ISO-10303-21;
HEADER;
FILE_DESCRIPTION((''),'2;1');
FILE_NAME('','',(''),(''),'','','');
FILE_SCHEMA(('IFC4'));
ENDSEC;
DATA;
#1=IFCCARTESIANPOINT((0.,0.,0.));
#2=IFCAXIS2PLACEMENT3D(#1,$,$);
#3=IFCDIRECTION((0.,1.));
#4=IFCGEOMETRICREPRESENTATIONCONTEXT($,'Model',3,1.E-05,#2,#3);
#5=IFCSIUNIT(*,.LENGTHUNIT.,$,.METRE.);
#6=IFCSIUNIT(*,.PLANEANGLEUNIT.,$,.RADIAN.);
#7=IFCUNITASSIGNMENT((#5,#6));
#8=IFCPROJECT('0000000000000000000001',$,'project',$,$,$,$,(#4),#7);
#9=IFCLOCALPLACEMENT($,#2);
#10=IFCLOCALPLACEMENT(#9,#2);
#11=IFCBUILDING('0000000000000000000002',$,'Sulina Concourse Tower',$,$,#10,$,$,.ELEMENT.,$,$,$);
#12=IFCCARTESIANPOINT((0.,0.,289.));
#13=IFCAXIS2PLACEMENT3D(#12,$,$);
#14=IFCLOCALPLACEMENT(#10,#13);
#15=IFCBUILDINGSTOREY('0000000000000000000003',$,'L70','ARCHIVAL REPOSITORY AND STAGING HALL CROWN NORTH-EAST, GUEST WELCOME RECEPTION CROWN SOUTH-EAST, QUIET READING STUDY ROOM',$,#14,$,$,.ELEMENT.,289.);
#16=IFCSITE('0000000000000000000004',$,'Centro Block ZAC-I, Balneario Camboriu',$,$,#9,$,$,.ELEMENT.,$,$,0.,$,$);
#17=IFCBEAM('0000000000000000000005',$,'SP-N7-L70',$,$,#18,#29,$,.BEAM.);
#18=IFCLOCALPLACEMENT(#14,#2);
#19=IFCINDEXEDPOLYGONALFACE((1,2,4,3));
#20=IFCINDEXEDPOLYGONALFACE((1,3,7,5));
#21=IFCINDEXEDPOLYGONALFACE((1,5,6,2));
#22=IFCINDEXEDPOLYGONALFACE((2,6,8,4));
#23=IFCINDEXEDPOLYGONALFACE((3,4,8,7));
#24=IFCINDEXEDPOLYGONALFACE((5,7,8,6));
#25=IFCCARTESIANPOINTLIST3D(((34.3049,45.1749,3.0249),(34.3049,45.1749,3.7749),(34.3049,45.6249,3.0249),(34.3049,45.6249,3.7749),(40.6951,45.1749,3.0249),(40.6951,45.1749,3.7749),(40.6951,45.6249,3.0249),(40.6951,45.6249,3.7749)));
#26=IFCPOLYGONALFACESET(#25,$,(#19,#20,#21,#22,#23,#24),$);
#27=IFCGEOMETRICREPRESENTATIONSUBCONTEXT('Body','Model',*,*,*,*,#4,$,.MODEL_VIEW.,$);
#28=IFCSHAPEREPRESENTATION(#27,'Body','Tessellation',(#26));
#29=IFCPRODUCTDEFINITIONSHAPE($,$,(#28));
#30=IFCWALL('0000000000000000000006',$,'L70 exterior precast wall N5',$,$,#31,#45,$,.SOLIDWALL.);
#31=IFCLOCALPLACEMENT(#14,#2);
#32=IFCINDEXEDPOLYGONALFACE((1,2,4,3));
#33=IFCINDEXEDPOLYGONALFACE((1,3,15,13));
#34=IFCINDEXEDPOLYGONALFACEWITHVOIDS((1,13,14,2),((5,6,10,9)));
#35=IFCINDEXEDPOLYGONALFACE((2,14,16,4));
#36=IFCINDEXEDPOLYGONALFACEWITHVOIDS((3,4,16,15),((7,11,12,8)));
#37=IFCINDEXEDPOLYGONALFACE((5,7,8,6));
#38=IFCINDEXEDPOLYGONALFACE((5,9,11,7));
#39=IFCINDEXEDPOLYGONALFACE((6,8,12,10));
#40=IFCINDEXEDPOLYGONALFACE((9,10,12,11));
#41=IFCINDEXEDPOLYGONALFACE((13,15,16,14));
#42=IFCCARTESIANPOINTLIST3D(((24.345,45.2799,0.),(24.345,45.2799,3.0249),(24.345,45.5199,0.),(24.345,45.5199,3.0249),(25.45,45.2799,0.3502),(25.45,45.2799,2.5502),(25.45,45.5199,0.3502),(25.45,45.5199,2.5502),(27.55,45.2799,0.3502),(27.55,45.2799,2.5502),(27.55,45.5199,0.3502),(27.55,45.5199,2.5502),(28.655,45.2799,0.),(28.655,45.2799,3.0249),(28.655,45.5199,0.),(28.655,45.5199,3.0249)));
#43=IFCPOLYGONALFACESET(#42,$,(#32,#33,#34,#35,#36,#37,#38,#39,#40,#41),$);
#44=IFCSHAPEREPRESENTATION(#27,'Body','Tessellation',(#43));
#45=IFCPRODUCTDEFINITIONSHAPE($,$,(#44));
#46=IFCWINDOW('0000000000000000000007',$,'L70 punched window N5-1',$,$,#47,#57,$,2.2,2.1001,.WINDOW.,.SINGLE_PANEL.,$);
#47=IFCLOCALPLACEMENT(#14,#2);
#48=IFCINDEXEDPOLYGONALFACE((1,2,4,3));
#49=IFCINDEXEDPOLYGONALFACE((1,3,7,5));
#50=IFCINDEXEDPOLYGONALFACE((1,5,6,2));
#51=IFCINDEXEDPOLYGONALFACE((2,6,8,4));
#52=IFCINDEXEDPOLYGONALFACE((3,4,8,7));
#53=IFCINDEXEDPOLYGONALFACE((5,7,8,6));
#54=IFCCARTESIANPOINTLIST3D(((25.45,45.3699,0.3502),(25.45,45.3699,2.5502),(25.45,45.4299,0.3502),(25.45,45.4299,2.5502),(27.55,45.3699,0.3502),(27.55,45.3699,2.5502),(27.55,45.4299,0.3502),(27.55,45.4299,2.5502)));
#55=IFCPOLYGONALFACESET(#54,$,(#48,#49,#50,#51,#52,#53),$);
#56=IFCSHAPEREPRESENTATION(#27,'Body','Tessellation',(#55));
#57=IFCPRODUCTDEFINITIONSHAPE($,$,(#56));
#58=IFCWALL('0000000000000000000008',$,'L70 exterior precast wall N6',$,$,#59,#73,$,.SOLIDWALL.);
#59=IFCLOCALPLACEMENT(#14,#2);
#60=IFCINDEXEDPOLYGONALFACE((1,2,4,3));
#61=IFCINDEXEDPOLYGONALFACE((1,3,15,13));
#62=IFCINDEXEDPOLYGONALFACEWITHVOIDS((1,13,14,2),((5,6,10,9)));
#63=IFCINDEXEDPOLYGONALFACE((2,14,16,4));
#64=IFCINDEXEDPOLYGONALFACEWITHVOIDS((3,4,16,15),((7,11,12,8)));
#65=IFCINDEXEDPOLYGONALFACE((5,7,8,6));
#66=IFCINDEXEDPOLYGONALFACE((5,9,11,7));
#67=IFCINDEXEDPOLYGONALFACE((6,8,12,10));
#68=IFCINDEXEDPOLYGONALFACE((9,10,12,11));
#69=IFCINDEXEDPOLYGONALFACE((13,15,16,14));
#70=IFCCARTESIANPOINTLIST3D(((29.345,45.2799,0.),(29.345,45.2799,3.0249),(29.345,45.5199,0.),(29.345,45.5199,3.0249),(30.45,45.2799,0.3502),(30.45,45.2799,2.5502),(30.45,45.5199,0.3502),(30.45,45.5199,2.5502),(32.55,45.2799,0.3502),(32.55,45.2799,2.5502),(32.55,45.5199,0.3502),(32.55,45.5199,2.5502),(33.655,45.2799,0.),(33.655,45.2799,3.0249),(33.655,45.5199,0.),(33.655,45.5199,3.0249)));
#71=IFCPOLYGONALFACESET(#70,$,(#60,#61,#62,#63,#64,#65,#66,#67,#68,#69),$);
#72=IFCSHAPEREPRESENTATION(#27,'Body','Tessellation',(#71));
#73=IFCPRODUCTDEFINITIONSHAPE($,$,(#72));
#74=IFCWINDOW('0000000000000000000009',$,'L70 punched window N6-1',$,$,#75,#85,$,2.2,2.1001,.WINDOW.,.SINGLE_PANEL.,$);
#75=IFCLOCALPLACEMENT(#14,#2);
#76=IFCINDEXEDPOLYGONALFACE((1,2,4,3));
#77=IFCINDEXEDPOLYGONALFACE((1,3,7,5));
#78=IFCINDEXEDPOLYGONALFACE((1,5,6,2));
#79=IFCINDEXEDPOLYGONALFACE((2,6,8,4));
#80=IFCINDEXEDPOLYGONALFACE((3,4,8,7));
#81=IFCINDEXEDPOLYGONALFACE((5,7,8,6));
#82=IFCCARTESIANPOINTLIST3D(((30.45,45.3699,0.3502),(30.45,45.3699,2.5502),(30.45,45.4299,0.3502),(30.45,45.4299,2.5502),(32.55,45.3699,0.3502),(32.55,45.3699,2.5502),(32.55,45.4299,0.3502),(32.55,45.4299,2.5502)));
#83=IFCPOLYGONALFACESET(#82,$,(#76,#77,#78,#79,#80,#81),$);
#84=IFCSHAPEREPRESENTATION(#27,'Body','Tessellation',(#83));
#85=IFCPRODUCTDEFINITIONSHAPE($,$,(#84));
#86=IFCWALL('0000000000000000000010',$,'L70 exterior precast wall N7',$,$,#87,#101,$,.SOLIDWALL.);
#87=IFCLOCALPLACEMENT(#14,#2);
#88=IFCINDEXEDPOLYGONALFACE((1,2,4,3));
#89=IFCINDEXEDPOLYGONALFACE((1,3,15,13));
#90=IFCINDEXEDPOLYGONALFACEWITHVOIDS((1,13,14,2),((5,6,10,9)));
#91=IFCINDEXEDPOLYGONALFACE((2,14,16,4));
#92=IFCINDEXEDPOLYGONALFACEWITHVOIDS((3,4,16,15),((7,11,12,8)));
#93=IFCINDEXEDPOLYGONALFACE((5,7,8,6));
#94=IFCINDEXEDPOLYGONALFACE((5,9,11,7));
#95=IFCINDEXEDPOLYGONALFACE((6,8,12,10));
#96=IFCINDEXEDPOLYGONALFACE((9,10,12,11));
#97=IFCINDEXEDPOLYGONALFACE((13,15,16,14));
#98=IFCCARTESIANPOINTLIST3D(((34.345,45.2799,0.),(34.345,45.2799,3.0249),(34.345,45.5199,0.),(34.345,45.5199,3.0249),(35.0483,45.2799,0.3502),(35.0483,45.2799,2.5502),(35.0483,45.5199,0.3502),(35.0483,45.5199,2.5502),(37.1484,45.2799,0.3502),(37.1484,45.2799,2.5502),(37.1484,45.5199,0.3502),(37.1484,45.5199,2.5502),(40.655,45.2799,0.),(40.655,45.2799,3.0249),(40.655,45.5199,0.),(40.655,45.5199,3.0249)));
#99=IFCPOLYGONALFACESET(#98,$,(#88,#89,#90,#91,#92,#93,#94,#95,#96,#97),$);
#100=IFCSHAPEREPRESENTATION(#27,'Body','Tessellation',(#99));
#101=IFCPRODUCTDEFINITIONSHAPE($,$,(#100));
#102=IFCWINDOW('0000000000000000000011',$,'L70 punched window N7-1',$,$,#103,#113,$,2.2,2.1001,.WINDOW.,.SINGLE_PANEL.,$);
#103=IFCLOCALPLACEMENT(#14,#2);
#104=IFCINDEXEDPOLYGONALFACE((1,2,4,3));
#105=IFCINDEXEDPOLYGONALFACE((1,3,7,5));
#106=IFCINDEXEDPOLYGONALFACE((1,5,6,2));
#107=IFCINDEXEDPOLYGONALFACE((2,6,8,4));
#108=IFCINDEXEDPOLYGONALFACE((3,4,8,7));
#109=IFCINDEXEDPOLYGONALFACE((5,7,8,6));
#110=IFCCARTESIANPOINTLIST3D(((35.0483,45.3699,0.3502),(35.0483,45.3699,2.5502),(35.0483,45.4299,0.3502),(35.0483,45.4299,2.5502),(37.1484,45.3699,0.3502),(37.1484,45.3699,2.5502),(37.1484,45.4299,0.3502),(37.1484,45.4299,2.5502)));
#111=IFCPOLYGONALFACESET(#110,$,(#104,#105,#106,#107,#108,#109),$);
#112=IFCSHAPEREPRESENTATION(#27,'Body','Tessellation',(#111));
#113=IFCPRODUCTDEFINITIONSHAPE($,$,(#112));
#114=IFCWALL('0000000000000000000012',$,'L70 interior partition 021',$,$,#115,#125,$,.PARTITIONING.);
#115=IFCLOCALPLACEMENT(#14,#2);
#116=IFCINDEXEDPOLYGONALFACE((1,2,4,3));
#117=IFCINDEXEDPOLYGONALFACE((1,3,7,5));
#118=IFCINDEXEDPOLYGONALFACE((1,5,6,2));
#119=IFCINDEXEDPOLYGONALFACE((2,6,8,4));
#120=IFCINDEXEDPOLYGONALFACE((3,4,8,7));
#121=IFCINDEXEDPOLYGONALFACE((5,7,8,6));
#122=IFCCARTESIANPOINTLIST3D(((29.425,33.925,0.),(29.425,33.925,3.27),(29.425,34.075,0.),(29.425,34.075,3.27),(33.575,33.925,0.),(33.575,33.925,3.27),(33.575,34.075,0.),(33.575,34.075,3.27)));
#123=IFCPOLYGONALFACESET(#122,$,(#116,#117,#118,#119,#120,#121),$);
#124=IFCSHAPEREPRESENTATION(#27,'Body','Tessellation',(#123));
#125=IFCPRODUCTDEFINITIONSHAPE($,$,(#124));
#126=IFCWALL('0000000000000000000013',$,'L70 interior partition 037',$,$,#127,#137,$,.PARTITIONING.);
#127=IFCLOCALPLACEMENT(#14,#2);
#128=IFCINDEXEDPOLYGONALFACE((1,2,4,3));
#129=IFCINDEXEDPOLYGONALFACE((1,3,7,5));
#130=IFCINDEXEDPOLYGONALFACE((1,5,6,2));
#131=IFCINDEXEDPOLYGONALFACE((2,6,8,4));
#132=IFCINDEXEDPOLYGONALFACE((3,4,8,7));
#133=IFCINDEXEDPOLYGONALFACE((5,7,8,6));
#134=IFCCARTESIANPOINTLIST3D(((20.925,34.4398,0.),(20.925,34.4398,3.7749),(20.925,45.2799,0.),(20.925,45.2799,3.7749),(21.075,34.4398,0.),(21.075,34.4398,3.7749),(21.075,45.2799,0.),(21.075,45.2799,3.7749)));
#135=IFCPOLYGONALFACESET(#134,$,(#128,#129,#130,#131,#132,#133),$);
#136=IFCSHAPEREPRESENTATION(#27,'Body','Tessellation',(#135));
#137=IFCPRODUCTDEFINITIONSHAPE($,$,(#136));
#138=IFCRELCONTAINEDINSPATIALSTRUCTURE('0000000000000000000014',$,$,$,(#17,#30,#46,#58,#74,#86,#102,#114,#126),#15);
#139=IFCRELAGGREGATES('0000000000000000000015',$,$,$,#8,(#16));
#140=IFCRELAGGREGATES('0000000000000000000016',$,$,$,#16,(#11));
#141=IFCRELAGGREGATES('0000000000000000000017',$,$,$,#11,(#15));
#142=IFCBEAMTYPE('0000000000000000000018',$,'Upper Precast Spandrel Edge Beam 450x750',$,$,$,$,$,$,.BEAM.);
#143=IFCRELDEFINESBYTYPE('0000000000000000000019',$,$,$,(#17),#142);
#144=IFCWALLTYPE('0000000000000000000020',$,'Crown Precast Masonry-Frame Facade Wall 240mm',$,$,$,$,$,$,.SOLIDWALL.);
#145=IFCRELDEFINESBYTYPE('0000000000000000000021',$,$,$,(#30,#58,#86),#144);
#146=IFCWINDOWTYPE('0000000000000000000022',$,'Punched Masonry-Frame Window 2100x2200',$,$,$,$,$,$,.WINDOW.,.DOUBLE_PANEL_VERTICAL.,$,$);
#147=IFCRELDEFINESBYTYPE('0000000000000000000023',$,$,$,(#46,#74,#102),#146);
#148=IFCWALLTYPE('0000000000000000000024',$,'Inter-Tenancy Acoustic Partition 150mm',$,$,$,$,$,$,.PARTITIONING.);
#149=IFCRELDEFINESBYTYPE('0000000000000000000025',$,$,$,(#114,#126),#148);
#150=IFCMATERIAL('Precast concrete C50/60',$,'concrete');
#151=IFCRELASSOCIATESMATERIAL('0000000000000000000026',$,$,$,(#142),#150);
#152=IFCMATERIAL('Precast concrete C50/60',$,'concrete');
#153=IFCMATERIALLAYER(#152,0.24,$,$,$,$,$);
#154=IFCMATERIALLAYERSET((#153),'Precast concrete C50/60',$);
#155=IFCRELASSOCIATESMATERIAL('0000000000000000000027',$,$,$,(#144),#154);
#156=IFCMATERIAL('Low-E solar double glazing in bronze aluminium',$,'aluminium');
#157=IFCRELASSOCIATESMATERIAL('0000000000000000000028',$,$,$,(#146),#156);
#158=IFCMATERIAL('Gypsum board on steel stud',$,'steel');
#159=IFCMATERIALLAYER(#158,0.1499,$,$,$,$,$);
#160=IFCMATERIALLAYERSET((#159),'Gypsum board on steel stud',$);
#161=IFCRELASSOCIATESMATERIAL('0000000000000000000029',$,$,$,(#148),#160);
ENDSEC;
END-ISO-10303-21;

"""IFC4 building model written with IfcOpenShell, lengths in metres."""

from ifc_helpers import new_model, si_unit, direction, frame, frame_2d, origin, origin_2d, place, context, subcontext, project, spatial, rectangle, extrude, material, layer, layer_set, material_profile, profile_set, type_object, element, fill, save


model = new_model("IFC4")

# Units and contexts
model_context = context("Model", 3, precision=1e-05, world=origin(), true_north=direction((0.0, 1.0)))
body_context = subcontext(model_context, "Body", "Model", "MODEL_VIEW")
ifc_project = project(units=[si_unit("LENGTHUNIT", "METRE"), si_unit("PLANEANGLEUNIT", "RADIAN")], contexts=[model_context])

# Site, building, storey
site_placement = place(None, origin())
site = spatial("IfcSite", under=ifc_project, at=site_placement, Name="Centro Block ZAC-I, Balneario Camboriu", CompositionType="ELEMENT", RefElevation=0.0)
building_placement = place(site_placement, origin())
building = spatial("IfcBuilding", under=site, at=building_placement, Name="Sulina Concourse Tower", CompositionType="ELEMENT")
storey_placement = place(building_placement, frame((0.0, 0.0, 289.0)))
storey = spatial("IfcBuildingStorey", under=building, at=storey_placement, Name="L70", Description="ARCHIVAL REPOSITORY AND STAGING HALL CROWN NORTH-EAST, GUEST WELCOME RECEPTION CROWN SOUTH-EAST, QUIET READING STUDY ROOM", CompositionType="ELEMENT", Elevation=289.0)

# Beam
ifc_material_1 = material(Name="Precast concrete C50/60", Category="concrete")
ifc_material_profile_1 = material_profile(ifc_material_1, rectangle(XDim=0.45, YDim=0.75, at=origin_2d()), Name="RC 450x750")
ifc_profile_set_1 = profile_set([ifc_material_profile_1], Name="Precast concrete C50/60")
beam_type_1 = type_object("IfcBeamType", Name="Upper Precast Spandrel Edge Beam 450x750", PredefinedType="BEAM", material=ifc_profile_set_1)
beam_1_placement = place(storey_placement, frame((34.3049, 45.3999, 3.3999), z_axis=(1.0, 0.0, 0.0), x_axis=(0.0, 1.0, 0.0)))
element("IfcBeam", 1, at=beam_1_placement, inside=storey, type_object=beam_type_1, Name="SP-N7-L70", PredefinedType="BEAM", context=body_context, shape_type="SweptSolid", body=[
    extrude(rectangle(XDim=0.45, YDim=0.75, at=origin_2d()), origin(), (0.0, 0.0, 1.0), 6.3901),
])

# Walls, openings, windows
ifc_material_2 = material(Name="Precast concrete C50/60", Category="concrete")
ifc_layer_1 = layer(ifc_material_2, 0.24)
ifc_layer_set_1 = layer_set([ifc_layer_1], Name="Precast concrete C50/60")
wall_type_1 = type_object("IfcWallType", Name="Crown Precast Masonry-Frame Facade Wall 240mm", PredefinedType="SOLIDWALL", material=ifc_layer_set_1)
wall_1_placement = place(storey_placement, frame((24.345, 45.3999, 0.0), z_axis=(0.0, 0.0, 1.0), x_axis=(1.0, 0.0, 0.0)))
wall_1 = element("IfcWall", 2, at=wall_1_placement, inside=storey, type_object=wall_type_1, Name="L70 exterior precast wall N5", PredefinedType="SOLIDWALL", context=body_context, shape_type="SweptSolid", body=[
    extrude(rectangle(XDim=4.3101, YDim=0.24, at=frame_2d((2.155, 0.0))), origin(), (0.0, 0.0, 1.0), 3.0249),
])
opening_1_placement = place(wall_1_placement, frame((1.105, 0.0, 0.3501)))
opening_1 = element("IfcOpeningElement", 3, at=opening_1_placement, cuts=wall_1, PredefinedType="OPENING", context=body_context, shape_type="SweptSolid", body=[
    extrude(rectangle(XDim=2.1001, YDim=2.2, at=frame_2d((1.05, 1.1001))), frame((0.0, 0.1299, 0.0), z_axis=(0.0, -1.0, 0.0), x_axis=(1.0, 0.0, 0.0)), (0.0, 0.0, 1.0), 0.26),
])
ifc_material_3 = material(Name="Low-E solar double glazing in bronze aluminium", Category="aluminium")
window_type = type_object("IfcWindowType", Name="Punched Masonry-Frame Window 2100x2200", PartitioningType="DOUBLE_PANEL_VERTICAL", PredefinedType="WINDOW", material=ifc_material_3)
window_1_placement = place(opening_1_placement, origin())
window_1 = element("IfcWindow", 4, at=window_1_placement, inside=storey, type_object=window_type, Name="L70 punched window N5-1", OverallHeight=2.2, OverallWidth=2.1001, PartitioningType="SINGLE_PANEL", PredefinedType="WINDOW", context=body_context, shape_type="SweptSolid", body=[
    extrude(rectangle(XDim=2.1001, YDim=2.2, at=frame_2d((1.05, 1.1001))), frame((0.0, 0.03, 0.0), z_axis=(0.0, -1.0, 0.0), x_axis=(1.0, 0.0, 0.0)), (0.0, 0.0, 1.0), 0.0601),
])
fill(opening_1, window_1)
wall_2_placement = place(storey_placement, frame((29.345, 45.3999, 0.0), z_axis=(0.0, 0.0, 1.0), x_axis=(1.0, 0.0, 0.0)))
wall_2 = element("IfcWall", 5, at=wall_2_placement, inside=storey, type_object=wall_type_1, Name="L70 exterior precast wall N6", PredefinedType="SOLIDWALL", context=body_context, shape_type="SweptSolid", body=[
    extrude(rectangle(XDim=4.3101, YDim=0.24, at=frame_2d((2.155, 0.0))), origin(), (0.0, 0.0, 1.0), 3.0249),
])
opening_2_placement = place(wall_2_placement, frame((1.105, 0.0, 0.3501)))
opening_2 = element("IfcOpeningElement", 6, at=opening_2_placement, cuts=wall_2, PredefinedType="OPENING", context=body_context, shape_type="SweptSolid", body=[
    extrude(rectangle(XDim=2.1001, YDim=2.2, at=frame_2d((1.05, 1.1001))), frame((0.0, 0.1299, 0.0), z_axis=(0.0, -1.0, 0.0), x_axis=(1.0, 0.0, 0.0)), (0.0, 0.0, 1.0), 0.26),
])
window_2_placement = place(opening_2_placement, origin())
window_2 = element("IfcWindow", 7, at=window_2_placement, inside=storey, type_object=window_type, Name="L70 punched window N6-1", OverallHeight=2.2, OverallWidth=2.1001, PartitioningType="SINGLE_PANEL", PredefinedType="WINDOW", context=body_context, shape_type="SweptSolid", body=[
    extrude(rectangle(XDim=2.1001, YDim=2.2, at=frame_2d((1.05, 1.1001))), frame((0.0, 0.03, 0.0), z_axis=(0.0, -1.0, 0.0), x_axis=(1.0, 0.0, 0.0)), (0.0, 0.0, 1.0), 0.0601),
])
fill(opening_2, window_2)
wall_3_placement = place(storey_placement, frame((34.345, 45.3999, 0.0), z_axis=(0.0, 0.0, 1.0), x_axis=(1.0, 0.0, 0.0)))
wall_3 = element("IfcWall", 8, at=wall_3_placement, inside=storey, type_object=wall_type_1, Name="L70 exterior precast wall N7", PredefinedType="SOLIDWALL", context=body_context, shape_type="SweptSolid", body=[
    extrude(rectangle(XDim=6.3101, YDim=0.24, at=frame_2d((3.155, 0.0))), origin(), (0.0, 0.0, 1.0), 3.0249),
])
opening_3_placement = place(wall_3_placement, frame((0.7034, 0.0, 0.3501)))
opening_3 = element("IfcOpeningElement", 9, at=opening_3_placement, cuts=wall_3, PredefinedType="OPENING", context=body_context, shape_type="SweptSolid", body=[
    extrude(rectangle(XDim=2.1001, YDim=2.2, at=frame_2d((1.05, 1.1001))), frame((0.0, 0.1299, 0.0), z_axis=(0.0, -1.0, 0.0), x_axis=(1.0, 0.0, 0.0)), (0.0, 0.0, 1.0), 0.26),
])
window_3_placement = place(opening_3_placement, origin())
window_3 = element("IfcWindow", 10, at=window_3_placement, inside=storey, type_object=window_type, Name="L70 punched window N7-1", OverallHeight=2.2, OverallWidth=2.1001, PartitioningType="SINGLE_PANEL", PredefinedType="WINDOW", context=body_context, shape_type="SweptSolid", body=[
    extrude(rectangle(XDim=2.1001, YDim=2.2, at=frame_2d((1.05, 1.1001))), frame((0.0, 0.03, 0.0), z_axis=(0.0, -1.0, 0.0), x_axis=(1.0, 0.0, 0.0)), (0.0, 0.0, 1.0), 0.0601),
])
fill(opening_3, window_3)

# Walls
ifc_material_4 = material(Name="Gypsum board on steel stud", Category="steel")
ifc_layer_2 = layer(ifc_material_4, 0.1499)
ifc_layer_set_2 = layer_set([ifc_layer_2], Name="Gypsum board on steel stud")
wall_type_2 = type_object("IfcWallType", Name="Inter-Tenancy Acoustic Partition 150mm", PredefinedType="PARTITIONING", material=ifc_layer_set_2)
wall_4_placement = place(storey_placement, frame((29.425, 34.0, 0.0), z_axis=(0.0, 0.0, 1.0), x_axis=(1.0, 0.0, 0.0)))
element("IfcWall", 11, at=wall_4_placement, inside=storey, type_object=wall_type_2, Name="L70 interior partition 021", PredefinedType="PARTITIONING", context=body_context, shape_type="SweptSolid", body=[
    extrude(rectangle(XDim=4.1499, YDim=0.1499, at=frame_2d((2.075, 0.0))), origin(), (0.0, 0.0, 1.0), 3.27),
])
wall_5_placement = place(storey_placement, frame((21.0, 34.4399, 0.0), z_axis=(0.0, 0.0, 1.0), x_axis=(0.0, 1.0, 0.0)))
element("IfcWall", 12, at=wall_5_placement, inside=storey, type_object=wall_type_2, Name="L70 interior partition 037", PredefinedType="PARTITIONING", context=body_context, shape_type="SweptSolid", body=[
    extrude(rectangle(XDim=10.8401, YDim=0.1499, at=frame_2d((5.4199, 0.0))), origin(), (0.0, 0.0, 1.0), 3.7749),
])

save(model, "model.ifc")
